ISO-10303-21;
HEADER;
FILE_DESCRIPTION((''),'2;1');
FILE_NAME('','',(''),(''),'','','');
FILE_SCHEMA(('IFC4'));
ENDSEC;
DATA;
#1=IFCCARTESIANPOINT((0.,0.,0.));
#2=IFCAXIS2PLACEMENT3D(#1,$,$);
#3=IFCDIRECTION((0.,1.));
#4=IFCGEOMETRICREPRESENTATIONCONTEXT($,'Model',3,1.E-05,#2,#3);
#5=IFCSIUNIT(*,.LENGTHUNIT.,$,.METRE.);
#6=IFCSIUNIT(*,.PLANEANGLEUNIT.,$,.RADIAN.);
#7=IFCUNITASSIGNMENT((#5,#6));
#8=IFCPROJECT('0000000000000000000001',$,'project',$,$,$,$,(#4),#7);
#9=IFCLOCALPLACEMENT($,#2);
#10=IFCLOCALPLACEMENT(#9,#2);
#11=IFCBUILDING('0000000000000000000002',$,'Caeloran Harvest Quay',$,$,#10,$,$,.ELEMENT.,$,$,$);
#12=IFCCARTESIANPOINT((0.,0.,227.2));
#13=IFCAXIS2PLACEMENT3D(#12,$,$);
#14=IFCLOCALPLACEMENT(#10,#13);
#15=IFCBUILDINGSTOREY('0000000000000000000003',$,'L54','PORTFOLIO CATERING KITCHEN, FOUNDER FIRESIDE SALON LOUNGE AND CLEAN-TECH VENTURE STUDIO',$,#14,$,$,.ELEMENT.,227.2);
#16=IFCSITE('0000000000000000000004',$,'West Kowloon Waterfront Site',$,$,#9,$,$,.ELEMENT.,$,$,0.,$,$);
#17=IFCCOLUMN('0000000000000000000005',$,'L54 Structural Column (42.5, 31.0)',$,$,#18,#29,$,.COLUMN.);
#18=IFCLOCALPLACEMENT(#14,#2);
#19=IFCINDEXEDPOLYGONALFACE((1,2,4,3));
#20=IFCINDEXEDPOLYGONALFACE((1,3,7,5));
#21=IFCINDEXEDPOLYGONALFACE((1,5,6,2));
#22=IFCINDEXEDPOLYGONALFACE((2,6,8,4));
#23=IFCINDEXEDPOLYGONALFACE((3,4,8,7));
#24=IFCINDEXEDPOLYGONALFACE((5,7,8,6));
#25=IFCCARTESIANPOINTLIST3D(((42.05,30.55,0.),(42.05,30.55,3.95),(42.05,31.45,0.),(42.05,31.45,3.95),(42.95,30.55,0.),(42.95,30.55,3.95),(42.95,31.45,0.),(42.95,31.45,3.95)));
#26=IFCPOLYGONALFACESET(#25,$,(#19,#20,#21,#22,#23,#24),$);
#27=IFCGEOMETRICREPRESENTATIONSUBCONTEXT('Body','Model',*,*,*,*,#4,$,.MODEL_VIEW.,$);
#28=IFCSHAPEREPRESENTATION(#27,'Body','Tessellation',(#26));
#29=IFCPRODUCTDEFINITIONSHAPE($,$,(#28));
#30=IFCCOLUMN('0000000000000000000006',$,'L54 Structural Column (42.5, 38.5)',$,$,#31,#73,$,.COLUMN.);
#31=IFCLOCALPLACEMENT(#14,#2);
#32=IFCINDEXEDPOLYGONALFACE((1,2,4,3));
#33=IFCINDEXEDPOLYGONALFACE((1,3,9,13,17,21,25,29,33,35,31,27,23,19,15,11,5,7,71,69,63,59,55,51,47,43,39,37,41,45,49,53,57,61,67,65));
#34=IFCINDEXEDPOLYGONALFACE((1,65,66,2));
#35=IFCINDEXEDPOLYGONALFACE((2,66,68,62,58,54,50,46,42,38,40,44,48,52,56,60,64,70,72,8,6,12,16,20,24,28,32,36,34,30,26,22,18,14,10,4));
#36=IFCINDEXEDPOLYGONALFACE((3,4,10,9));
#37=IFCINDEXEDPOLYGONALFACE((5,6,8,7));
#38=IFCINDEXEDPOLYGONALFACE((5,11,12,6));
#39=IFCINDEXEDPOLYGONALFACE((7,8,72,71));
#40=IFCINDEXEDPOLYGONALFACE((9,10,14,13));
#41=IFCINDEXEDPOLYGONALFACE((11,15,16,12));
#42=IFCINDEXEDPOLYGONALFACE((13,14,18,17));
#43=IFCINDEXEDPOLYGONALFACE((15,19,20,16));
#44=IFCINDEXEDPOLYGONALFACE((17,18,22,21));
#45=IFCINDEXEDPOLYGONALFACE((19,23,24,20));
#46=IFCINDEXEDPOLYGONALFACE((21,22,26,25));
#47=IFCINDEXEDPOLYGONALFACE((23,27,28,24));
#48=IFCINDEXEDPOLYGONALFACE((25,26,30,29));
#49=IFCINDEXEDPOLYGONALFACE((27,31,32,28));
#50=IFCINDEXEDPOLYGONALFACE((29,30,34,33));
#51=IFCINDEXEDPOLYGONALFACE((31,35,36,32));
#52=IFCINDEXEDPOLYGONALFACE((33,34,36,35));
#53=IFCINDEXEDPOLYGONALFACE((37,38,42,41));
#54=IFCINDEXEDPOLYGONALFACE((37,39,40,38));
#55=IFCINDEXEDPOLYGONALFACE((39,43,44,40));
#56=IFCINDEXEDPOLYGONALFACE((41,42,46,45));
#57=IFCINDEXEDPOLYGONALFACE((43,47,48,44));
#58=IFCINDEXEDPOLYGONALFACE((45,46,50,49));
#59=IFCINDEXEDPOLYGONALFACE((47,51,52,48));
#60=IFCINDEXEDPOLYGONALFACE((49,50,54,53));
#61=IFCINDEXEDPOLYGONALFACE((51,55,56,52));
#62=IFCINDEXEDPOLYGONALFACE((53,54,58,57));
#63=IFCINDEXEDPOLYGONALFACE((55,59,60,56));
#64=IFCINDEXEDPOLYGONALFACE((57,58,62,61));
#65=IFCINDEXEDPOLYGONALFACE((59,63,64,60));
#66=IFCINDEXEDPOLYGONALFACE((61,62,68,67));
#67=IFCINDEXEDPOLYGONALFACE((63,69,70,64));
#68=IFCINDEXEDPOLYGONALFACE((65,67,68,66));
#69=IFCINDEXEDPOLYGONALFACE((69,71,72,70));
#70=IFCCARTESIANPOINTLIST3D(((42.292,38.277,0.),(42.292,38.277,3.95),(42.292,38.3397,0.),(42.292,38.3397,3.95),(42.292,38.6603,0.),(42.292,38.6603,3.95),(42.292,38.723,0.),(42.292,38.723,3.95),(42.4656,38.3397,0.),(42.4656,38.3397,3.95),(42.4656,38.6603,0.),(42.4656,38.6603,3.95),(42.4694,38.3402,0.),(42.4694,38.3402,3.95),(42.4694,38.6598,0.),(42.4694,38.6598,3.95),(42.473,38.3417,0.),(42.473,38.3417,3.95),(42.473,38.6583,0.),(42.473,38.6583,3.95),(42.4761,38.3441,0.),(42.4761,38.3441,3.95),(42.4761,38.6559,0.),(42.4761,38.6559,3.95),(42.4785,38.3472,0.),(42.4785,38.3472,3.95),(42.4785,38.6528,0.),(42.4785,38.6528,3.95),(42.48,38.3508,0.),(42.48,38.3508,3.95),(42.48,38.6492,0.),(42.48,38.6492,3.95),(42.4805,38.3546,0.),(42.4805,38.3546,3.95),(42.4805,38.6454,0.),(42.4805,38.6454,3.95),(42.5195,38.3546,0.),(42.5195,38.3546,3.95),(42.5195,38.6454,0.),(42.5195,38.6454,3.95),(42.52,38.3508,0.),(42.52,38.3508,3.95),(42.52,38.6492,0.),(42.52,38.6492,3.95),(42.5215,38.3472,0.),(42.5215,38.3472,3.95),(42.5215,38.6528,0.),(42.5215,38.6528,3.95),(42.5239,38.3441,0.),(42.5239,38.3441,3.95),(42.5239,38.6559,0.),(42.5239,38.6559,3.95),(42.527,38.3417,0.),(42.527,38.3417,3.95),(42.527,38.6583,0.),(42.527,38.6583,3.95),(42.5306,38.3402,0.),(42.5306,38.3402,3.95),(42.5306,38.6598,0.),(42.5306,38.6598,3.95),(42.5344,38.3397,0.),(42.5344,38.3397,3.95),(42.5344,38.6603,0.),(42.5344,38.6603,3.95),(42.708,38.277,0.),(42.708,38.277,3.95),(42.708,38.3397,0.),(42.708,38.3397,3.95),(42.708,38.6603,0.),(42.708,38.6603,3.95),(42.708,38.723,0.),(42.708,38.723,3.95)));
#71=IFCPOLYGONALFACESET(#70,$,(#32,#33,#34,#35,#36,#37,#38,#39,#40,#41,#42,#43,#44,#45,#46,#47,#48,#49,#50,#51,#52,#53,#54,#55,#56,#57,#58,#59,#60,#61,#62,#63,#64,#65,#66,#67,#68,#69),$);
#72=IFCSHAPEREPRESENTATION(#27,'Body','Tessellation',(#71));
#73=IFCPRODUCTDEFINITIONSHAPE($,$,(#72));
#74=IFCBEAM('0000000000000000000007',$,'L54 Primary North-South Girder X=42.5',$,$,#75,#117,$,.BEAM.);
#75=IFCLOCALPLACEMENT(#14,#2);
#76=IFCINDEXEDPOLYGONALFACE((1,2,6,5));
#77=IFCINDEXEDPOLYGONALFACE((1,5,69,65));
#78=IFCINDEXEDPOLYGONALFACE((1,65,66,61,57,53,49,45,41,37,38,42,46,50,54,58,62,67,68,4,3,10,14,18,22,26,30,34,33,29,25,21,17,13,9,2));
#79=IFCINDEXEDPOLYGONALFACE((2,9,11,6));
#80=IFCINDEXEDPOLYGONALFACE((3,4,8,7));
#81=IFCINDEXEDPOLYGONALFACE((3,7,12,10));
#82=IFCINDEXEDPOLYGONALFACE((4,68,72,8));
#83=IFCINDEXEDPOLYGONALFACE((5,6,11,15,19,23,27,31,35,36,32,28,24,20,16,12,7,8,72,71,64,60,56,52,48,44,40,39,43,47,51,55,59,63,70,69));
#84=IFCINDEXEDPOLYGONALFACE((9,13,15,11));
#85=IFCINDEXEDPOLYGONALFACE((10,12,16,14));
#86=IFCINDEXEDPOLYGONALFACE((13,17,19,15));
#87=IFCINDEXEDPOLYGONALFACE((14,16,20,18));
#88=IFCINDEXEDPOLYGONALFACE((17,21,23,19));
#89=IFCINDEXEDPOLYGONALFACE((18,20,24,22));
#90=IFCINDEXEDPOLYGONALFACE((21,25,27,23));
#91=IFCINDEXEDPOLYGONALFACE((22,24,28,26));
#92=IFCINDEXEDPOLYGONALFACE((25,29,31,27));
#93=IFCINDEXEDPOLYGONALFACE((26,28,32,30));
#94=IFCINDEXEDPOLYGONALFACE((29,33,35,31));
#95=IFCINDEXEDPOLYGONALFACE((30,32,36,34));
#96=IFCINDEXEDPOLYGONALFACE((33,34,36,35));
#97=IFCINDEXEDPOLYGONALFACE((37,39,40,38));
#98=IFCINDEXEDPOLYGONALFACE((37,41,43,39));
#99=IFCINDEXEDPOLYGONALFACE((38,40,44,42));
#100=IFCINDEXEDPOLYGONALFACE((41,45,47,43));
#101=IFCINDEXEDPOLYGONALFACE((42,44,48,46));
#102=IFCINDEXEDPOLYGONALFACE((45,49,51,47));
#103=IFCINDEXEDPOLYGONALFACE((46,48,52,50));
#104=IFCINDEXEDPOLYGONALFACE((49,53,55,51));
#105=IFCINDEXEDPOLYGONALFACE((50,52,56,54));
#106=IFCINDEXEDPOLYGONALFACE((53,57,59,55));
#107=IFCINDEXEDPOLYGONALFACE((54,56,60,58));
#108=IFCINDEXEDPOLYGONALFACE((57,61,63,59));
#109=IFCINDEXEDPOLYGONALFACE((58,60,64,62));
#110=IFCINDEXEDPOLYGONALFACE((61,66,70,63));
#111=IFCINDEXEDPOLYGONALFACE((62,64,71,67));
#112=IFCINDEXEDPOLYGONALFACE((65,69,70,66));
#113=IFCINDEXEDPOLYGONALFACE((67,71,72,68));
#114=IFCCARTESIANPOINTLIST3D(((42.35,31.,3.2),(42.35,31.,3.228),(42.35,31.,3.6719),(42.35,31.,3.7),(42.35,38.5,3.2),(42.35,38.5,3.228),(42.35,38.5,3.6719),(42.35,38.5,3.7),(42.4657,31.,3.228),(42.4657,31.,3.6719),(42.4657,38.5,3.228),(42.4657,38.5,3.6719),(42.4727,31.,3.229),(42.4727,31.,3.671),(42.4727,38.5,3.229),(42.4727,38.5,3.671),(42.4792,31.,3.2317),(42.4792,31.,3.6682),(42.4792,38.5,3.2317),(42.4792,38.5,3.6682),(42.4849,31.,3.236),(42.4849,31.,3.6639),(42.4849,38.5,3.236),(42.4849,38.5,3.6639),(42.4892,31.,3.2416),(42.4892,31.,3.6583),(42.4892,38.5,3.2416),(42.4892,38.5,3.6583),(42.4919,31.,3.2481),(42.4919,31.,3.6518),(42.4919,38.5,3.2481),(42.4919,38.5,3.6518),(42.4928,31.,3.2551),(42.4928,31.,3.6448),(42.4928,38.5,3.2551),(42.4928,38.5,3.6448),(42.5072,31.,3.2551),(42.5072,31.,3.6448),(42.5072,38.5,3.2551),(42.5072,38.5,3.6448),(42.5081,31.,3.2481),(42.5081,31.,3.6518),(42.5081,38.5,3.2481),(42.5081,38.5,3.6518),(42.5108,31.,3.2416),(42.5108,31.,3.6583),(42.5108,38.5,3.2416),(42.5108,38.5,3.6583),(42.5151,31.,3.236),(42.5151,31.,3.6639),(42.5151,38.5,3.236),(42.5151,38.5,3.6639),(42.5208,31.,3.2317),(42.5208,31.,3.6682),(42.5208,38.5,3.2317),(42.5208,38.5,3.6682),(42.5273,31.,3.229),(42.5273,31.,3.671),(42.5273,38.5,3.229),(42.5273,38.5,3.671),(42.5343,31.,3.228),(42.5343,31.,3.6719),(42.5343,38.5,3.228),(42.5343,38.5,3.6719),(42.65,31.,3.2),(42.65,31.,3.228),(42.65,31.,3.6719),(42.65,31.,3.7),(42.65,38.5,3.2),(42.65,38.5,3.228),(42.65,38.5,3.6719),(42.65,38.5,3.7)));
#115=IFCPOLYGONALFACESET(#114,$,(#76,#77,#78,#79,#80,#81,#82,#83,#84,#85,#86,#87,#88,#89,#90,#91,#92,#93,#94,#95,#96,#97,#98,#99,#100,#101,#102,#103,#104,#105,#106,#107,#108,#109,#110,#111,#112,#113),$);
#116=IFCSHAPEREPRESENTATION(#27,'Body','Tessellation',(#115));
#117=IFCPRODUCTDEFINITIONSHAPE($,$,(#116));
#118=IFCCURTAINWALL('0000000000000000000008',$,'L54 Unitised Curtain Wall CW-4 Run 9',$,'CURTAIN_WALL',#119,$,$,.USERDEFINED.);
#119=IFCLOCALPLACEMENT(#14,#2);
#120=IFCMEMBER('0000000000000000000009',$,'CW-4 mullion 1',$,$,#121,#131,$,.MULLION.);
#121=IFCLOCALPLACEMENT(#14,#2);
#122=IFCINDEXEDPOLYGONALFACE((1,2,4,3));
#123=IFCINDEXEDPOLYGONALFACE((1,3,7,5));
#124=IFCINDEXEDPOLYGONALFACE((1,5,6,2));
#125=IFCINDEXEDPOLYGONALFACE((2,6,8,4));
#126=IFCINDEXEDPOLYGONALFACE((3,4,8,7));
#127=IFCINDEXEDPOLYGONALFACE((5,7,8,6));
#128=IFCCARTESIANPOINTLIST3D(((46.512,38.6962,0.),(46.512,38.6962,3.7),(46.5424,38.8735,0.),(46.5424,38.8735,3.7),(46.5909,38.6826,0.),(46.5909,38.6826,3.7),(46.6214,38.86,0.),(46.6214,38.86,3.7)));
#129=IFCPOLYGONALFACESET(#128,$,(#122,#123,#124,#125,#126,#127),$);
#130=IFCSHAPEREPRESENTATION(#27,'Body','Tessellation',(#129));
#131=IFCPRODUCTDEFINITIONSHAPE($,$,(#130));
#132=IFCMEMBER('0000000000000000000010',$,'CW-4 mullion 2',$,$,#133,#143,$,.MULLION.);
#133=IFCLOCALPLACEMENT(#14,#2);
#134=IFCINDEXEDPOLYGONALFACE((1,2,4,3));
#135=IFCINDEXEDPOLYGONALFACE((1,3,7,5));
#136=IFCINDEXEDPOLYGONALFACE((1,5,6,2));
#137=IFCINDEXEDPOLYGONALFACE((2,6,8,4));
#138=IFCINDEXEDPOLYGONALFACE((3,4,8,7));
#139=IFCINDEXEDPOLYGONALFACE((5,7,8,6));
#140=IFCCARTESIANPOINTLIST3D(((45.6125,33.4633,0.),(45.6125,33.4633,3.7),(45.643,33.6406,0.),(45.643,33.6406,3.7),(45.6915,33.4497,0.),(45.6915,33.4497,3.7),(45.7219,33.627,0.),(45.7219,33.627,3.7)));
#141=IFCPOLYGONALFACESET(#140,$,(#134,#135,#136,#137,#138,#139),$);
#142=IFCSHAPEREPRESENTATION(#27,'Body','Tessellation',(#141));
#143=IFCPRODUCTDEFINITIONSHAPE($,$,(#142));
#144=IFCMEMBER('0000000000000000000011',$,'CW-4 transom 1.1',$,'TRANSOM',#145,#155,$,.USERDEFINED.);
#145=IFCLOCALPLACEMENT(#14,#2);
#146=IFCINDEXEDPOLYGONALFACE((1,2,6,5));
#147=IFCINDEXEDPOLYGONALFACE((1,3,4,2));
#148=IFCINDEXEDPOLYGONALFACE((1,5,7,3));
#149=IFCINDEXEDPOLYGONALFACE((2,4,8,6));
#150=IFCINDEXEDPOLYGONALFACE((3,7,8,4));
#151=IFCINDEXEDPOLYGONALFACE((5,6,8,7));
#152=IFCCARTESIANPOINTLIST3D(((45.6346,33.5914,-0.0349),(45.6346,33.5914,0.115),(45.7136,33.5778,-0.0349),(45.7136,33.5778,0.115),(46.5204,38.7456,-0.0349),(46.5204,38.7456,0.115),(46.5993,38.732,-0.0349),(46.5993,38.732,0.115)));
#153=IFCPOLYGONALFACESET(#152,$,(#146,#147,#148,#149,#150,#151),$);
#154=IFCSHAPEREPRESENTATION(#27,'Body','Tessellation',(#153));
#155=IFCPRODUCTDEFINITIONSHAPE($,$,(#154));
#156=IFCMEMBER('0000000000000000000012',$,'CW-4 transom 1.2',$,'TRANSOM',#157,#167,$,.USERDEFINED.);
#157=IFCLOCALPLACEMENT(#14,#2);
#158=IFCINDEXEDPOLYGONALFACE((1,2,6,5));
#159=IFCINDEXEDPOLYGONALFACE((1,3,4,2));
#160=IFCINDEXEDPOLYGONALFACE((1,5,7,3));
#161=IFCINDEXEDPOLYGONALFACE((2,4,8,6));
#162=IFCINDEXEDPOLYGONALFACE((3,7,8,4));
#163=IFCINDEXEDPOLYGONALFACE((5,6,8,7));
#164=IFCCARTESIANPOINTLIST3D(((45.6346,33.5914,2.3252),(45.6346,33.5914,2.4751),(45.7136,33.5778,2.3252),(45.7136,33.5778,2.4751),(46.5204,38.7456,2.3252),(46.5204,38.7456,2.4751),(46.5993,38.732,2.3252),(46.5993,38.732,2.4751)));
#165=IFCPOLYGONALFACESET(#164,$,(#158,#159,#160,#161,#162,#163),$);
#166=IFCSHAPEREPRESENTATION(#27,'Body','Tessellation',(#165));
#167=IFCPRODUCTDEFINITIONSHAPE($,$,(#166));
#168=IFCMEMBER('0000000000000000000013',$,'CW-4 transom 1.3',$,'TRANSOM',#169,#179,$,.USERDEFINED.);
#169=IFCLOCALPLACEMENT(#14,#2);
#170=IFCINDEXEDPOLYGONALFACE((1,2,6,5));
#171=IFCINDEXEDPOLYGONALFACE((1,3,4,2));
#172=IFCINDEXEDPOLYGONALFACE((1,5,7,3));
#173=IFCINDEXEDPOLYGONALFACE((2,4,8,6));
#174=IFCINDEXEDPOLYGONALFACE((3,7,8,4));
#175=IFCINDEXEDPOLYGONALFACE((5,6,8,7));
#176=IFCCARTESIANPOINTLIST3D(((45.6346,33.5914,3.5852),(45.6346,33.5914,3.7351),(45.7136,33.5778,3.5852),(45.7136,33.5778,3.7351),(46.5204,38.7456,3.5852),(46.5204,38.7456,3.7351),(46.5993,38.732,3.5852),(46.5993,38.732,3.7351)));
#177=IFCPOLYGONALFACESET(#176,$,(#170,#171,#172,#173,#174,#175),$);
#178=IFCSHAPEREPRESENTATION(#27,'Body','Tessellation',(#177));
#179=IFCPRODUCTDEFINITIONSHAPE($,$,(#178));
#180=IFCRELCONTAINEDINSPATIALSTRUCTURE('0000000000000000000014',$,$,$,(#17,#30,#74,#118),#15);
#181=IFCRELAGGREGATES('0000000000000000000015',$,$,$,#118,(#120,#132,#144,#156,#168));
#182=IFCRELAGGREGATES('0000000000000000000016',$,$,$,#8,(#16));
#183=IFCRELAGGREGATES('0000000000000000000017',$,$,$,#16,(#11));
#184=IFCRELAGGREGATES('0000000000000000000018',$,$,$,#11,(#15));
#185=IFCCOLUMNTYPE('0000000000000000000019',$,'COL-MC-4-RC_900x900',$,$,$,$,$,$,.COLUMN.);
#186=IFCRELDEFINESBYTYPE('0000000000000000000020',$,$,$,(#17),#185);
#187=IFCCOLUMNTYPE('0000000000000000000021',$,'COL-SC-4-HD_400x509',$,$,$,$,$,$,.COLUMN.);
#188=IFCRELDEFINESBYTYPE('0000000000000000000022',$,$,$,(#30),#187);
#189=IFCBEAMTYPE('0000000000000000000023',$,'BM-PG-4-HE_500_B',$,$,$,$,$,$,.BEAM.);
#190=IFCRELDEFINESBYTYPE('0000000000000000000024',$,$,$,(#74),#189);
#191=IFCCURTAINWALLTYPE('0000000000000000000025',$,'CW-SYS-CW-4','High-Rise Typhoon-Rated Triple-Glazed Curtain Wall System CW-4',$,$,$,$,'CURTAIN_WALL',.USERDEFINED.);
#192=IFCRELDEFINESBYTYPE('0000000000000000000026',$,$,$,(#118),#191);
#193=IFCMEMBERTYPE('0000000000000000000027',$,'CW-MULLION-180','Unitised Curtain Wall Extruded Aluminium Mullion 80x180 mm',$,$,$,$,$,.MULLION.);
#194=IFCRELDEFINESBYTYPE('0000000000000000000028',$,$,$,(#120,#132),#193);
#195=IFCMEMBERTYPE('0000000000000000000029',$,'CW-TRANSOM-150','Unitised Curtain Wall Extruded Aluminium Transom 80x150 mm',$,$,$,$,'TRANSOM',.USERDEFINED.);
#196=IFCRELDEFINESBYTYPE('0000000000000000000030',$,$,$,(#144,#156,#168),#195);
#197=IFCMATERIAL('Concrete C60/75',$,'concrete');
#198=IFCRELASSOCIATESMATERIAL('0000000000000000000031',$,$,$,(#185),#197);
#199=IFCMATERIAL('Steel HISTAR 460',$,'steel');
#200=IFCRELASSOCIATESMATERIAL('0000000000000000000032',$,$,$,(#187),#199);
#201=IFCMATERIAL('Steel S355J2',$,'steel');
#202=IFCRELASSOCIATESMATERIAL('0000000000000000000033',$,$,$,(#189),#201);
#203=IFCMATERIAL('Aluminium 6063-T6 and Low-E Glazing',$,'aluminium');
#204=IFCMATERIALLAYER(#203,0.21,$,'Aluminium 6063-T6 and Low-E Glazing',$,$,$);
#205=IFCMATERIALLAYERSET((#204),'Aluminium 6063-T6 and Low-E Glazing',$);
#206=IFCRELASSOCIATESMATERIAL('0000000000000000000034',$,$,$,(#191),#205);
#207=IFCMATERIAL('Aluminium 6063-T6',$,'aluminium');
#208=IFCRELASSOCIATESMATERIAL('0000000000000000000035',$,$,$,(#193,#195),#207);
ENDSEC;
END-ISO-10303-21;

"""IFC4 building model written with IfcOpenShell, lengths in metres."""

from ifc_helpers import new_model, si_unit, direction, frame, origin, origin_2d, place, context, subcontext, project, spatial, rectangle, i_section, extrude, material, layer, layer_set, material_profile, profile_set, type_object, element, aggregate, save


model = new_model("IFC4")

# Units and contexts
model_context = context("Model", 3, precision=1e-05, world=origin(), true_north=direction((0.0, 1.0)))
body_context = subcontext(model_context, "Body", "Model", "MODEL_VIEW")
ifc_project = project(units=[si_unit("LENGTHUNIT", "METRE"), si_unit("PLANEANGLEUNIT", "RADIAN")], contexts=[model_context])

# Site, building, storey
site_placement = place(None, origin())
site = spatial("IfcSite", under=ifc_project, at=site_placement, Name="West Kowloon Waterfront Site", CompositionType="ELEMENT", RefElevation=0.0)
building_placement = place(site_placement, origin())
building = spatial("IfcBuilding", under=site, at=building_placement, Name="Caeloran Harvest Quay", CompositionType="ELEMENT")
storey_placement = place(building_placement, frame((0.0, 0.0, 227.2)))
storey = spatial("IfcBuildingStorey", under=building, at=storey_placement, Name="L54", Description="PORTFOLIO CATERING KITCHEN, FOUNDER FIRESIDE SALON LOUNGE AND CLEAN-TECH VENTURE STUDIO", CompositionType="ELEMENT", Elevation=227.2)

# Columns
ifc_material_1 = material(Name="Concrete C60/75", Category="concrete")
ifc_material_profile_1 = material_profile(ifc_material_1, rectangle(XDim=0.8999, YDim=0.8999, at=origin_2d()), Name="RC 900x900")
ifc_profile_set_1 = profile_set([ifc_material_profile_1], Name="Concrete C60/75")
column_type_1 = type_object("IfcColumnType", Name="COL-MC-4-RC_900x900", PredefinedType="COLUMN", material=ifc_profile_set_1)
column_1_placement = place(storey_placement, frame((42.5, 31.0, 0.0), z_axis=(0.0, 0.0, 1.0), x_axis=(1.0, 0.0, 0.0)))
element("IfcColumn", 1, at=column_1_placement, inside=storey, type_object=column_type_1, Name="L54 Structural Column (42.5, 31.0)", PredefinedType="COLUMN", context=body_context, shape_type="SweptSolid", body=[
    extrude(rectangle(XDim=0.8999, YDim=0.8999, at=origin_2d()), origin(), (0.0, 0.0, 1.0), 3.95),
])
ifc_material_2 = material(Name="Steel HISTAR 460", Category="steel")
ifc_material_profile_2 = material_profile(ifc_material_2, i_section(OverallWidth=0.416, OverallDepth=0.446, WebThickness=0.0391, FlangeThickness=0.0627, FilletRadius=0.0149, at=origin_2d()), Name="HD 400x509")
ifc_profile_set_2 = profile_set([ifc_material_profile_2], Name="Steel HISTAR 460")
column_type_2 = type_object("IfcColumnType", Name="COL-SC-4-HD_400x509", PredefinedType="COLUMN", material=ifc_profile_set_2)
column_2_placement = place(storey_placement, frame((42.5, 38.5, 0.0), z_axis=(0.0, 0.0, 1.0), x_axis=(1.0, 0.0, 0.0)))
element("IfcColumn", 2, at=column_2_placement, inside=storey, type_object=column_type_2, Name="L54 Structural Column (42.5, 38.5)", PredefinedType="COLUMN", context=body_context, shape_type="SweptSolid", body=[
    extrude(i_section(OverallWidth=0.416, OverallDepth=0.446, WebThickness=0.0391, FlangeThickness=0.0627, FilletRadius=0.0149, at=origin_2d()), origin(), (0.0, 0.0, 1.0), 3.95),
])

# Beam
ifc_material_3 = material(Name="Steel S355J2", Category="steel")
ifc_material_profile_3 = material_profile(ifc_material_3, i_section(OverallWidth=0.3, OverallDepth=0.5, WebThickness=0.0144, FlangeThickness=0.0281, FilletRadius=0.0271, at=origin_2d()), Name="HE 500 B")
ifc_profile_set_3 = profile_set([ifc_material_profile_3], Name="Steel S355J2")
beam_type = type_object("IfcBeamType", Name="BM-PG-4-HE_500_B", PredefinedType="BEAM", material=ifc_profile_set_3)
beam_placement = place(storey_placement, frame((42.5, 31.0, 3.45), z_axis=(0.0, 1.0, 0.0), x_axis=(-1.0, 0.0, 0.0)))
element("IfcBeam", 3, at=beam_placement, inside=storey, type_object=beam_type, Name="L54 Primary North-South Girder X=42.5", PredefinedType="BEAM", context=body_context, shape_type="SweptSolid", body=[
    extrude(i_section(OverallWidth=0.3, OverallDepth=0.5, WebThickness=0.0144, FlangeThickness=0.0281, FilletRadius=0.0271, at=origin_2d()), origin(), (0.0, 0.0, 1.0), 7.5),
])

# Curtain wall, members
ifc_material_4 = material(Name="Aluminium 6063-T6 and Low-E Glazing", Category="aluminium")
ifc_layer_1 = layer(ifc_material_4, 0.21, Name="Aluminium 6063-T6 and Low-E Glazing")
ifc_layer_set_1 = layer_set([ifc_layer_1], Name="Aluminium 6063-T6 and Low-E Glazing")
curtain_wall_type = type_object("IfcCurtainWallType", Name="CW-SYS-CW-4", Description="High-Rise Typhoon-Rated Triple-Glazed Curtain Wall System CW-4", ElementType="CURTAIN_WALL", PredefinedType="USERDEFINED", material=ifc_layer_set_1)
curtain_wall_placement = place(storey_placement, origin())
curtain_wall = element("IfcCurtainWall", 4, at=curtain_wall_placement, inside=storey, type_object=curtain_wall_type, Name="L54 Unitised Curtain Wall CW-4 Run 9", ObjectType="CURTAIN_WALL", PredefinedType="USERDEFINED")
ifc_material_5 = material(Name="Aluminium 6063-T6", Category="aluminium")
ifc_material_profile_4 = material_profile(ifc_material_5, rectangle(XDim=0.0801, YDim=0.1799, at=origin_2d()), Name="CW-MULLION-180")
ifc_profile_set_4 = profile_set([ifc_material_profile_4], Name="Aluminium 6063-T6")
member_type_1 = type_object("IfcMemberType", Name="CW-MULLION-180", Description="Unitised Curtain Wall Extruded Aluminium Mullion 80x180 mm", PredefinedType="MULLION", material=ifc_profile_set_4)
member_1_placement = place(storey_placement, frame((46.5667, 38.7781, 0.0), z_axis=(0.0, 0.0, 1.0), x_axis=(0.985549, -0.169391, 0.0)))
member_1 = element("IfcMember", 5, at=member_1_placement, type_object=member_type_1, Name="CW-4 mullion 1", PredefinedType="MULLION", context=body_context, shape_type="SweptSolid", body=[
    extrude(rectangle(XDim=0.0801, YDim=0.1799, at=origin_2d()), origin(), (0.0, 0.0, 1.0), 3.7),
])
member_2_placement = place(storey_placement, frame((45.6672, 33.5452, 0.0), z_axis=(0.0, 0.0, 1.0), x_axis=(0.985549, -0.169391, 0.0)))
member_2 = element("IfcMember", 6, at=member_2_placement, type_object=member_type_1, Name="CW-4 mullion 2", PredefinedType="MULLION", context=body_context, shape_type="SweptSolid", body=[
    extrude(rectangle(XDim=0.0801, YDim=0.1799, at=origin_2d()), origin(), (0.0, 0.0, 1.0), 3.7),
])
ifc_material_profile_5 = material_profile(ifc_material_5, rectangle(XDim=0.0801, YDim=0.1499, at=origin_2d()), Name="CW-TRANSOM-150")
ifc_profile_set_5 = profile_set([ifc_material_profile_5], Name="Aluminium 6063-T6")
member_type_2 = type_object("IfcMemberType", Name="CW-TRANSOM-150", Description="Unitised Curtain Wall Extruded Aluminium Transom 80x150 mm", ElementType="TRANSOM", PredefinedType="USERDEFINED", material=ifc_profile_set_5)
member_3_placement = place(storey_placement, frame((46.5598, 38.7388, 0.04), z_axis=(-0.169363, -0.985554, 0.0), x_axis=(0.985554, -0.169363, 0.0)))
member_3 = element("IfcMember", 7, at=member_3_placement, type_object=member_type_2, Name="CW-4 transom 1.1", ObjectType="TRANSOM", PredefinedType="USERDEFINED", context=body_context, shape_type="SweptSolid", body=[
    extrude(rectangle(XDim=0.0801, YDim=0.1499, at=origin_2d()), origin(), (0.0, 0.0, 1.0), 5.2297),
])
member_4_placement = place(storey_placement, frame((46.5598, 38.7388, 2.4001), z_axis=(-0.169363, -0.985554, 0.0), x_axis=(0.985554, -0.169363, 0.0)))
member_4 = element("IfcMember", 8, at=member_4_placement, type_object=member_type_2, Name="CW-4 transom 1.2", ObjectType="TRANSOM", PredefinedType="USERDEFINED", context=body_context, shape_type="SweptSolid", body=[
    extrude(rectangle(XDim=0.0801, YDim=0.1499, at=origin_2d()), origin(), (0.0, 0.0, 1.0), 5.2297),
])
member_5_placement = place(storey_placement, frame((46.5598, 38.7388, 3.6602), z_axis=(-0.169363, -0.985554, 0.0), x_axis=(0.985554, -0.169363, 0.0)))
member_5 = element("IfcMember", 9, at=member_5_placement, type_object=member_type_2, Name="CW-4 transom 1.3", ObjectType="TRANSOM", PredefinedType="USERDEFINED", context=body_context, shape_type="SweptSolid", body=[
    extrude(rectangle(XDim=0.0801, YDim=0.1499, at=origin_2d()), origin(), (0.0, 0.0, 1.0), 5.2297),
])
aggregate(curtain_wall, [member_1, member_2, member_3, member_4, member_5])

save(model, "model.ifc")
